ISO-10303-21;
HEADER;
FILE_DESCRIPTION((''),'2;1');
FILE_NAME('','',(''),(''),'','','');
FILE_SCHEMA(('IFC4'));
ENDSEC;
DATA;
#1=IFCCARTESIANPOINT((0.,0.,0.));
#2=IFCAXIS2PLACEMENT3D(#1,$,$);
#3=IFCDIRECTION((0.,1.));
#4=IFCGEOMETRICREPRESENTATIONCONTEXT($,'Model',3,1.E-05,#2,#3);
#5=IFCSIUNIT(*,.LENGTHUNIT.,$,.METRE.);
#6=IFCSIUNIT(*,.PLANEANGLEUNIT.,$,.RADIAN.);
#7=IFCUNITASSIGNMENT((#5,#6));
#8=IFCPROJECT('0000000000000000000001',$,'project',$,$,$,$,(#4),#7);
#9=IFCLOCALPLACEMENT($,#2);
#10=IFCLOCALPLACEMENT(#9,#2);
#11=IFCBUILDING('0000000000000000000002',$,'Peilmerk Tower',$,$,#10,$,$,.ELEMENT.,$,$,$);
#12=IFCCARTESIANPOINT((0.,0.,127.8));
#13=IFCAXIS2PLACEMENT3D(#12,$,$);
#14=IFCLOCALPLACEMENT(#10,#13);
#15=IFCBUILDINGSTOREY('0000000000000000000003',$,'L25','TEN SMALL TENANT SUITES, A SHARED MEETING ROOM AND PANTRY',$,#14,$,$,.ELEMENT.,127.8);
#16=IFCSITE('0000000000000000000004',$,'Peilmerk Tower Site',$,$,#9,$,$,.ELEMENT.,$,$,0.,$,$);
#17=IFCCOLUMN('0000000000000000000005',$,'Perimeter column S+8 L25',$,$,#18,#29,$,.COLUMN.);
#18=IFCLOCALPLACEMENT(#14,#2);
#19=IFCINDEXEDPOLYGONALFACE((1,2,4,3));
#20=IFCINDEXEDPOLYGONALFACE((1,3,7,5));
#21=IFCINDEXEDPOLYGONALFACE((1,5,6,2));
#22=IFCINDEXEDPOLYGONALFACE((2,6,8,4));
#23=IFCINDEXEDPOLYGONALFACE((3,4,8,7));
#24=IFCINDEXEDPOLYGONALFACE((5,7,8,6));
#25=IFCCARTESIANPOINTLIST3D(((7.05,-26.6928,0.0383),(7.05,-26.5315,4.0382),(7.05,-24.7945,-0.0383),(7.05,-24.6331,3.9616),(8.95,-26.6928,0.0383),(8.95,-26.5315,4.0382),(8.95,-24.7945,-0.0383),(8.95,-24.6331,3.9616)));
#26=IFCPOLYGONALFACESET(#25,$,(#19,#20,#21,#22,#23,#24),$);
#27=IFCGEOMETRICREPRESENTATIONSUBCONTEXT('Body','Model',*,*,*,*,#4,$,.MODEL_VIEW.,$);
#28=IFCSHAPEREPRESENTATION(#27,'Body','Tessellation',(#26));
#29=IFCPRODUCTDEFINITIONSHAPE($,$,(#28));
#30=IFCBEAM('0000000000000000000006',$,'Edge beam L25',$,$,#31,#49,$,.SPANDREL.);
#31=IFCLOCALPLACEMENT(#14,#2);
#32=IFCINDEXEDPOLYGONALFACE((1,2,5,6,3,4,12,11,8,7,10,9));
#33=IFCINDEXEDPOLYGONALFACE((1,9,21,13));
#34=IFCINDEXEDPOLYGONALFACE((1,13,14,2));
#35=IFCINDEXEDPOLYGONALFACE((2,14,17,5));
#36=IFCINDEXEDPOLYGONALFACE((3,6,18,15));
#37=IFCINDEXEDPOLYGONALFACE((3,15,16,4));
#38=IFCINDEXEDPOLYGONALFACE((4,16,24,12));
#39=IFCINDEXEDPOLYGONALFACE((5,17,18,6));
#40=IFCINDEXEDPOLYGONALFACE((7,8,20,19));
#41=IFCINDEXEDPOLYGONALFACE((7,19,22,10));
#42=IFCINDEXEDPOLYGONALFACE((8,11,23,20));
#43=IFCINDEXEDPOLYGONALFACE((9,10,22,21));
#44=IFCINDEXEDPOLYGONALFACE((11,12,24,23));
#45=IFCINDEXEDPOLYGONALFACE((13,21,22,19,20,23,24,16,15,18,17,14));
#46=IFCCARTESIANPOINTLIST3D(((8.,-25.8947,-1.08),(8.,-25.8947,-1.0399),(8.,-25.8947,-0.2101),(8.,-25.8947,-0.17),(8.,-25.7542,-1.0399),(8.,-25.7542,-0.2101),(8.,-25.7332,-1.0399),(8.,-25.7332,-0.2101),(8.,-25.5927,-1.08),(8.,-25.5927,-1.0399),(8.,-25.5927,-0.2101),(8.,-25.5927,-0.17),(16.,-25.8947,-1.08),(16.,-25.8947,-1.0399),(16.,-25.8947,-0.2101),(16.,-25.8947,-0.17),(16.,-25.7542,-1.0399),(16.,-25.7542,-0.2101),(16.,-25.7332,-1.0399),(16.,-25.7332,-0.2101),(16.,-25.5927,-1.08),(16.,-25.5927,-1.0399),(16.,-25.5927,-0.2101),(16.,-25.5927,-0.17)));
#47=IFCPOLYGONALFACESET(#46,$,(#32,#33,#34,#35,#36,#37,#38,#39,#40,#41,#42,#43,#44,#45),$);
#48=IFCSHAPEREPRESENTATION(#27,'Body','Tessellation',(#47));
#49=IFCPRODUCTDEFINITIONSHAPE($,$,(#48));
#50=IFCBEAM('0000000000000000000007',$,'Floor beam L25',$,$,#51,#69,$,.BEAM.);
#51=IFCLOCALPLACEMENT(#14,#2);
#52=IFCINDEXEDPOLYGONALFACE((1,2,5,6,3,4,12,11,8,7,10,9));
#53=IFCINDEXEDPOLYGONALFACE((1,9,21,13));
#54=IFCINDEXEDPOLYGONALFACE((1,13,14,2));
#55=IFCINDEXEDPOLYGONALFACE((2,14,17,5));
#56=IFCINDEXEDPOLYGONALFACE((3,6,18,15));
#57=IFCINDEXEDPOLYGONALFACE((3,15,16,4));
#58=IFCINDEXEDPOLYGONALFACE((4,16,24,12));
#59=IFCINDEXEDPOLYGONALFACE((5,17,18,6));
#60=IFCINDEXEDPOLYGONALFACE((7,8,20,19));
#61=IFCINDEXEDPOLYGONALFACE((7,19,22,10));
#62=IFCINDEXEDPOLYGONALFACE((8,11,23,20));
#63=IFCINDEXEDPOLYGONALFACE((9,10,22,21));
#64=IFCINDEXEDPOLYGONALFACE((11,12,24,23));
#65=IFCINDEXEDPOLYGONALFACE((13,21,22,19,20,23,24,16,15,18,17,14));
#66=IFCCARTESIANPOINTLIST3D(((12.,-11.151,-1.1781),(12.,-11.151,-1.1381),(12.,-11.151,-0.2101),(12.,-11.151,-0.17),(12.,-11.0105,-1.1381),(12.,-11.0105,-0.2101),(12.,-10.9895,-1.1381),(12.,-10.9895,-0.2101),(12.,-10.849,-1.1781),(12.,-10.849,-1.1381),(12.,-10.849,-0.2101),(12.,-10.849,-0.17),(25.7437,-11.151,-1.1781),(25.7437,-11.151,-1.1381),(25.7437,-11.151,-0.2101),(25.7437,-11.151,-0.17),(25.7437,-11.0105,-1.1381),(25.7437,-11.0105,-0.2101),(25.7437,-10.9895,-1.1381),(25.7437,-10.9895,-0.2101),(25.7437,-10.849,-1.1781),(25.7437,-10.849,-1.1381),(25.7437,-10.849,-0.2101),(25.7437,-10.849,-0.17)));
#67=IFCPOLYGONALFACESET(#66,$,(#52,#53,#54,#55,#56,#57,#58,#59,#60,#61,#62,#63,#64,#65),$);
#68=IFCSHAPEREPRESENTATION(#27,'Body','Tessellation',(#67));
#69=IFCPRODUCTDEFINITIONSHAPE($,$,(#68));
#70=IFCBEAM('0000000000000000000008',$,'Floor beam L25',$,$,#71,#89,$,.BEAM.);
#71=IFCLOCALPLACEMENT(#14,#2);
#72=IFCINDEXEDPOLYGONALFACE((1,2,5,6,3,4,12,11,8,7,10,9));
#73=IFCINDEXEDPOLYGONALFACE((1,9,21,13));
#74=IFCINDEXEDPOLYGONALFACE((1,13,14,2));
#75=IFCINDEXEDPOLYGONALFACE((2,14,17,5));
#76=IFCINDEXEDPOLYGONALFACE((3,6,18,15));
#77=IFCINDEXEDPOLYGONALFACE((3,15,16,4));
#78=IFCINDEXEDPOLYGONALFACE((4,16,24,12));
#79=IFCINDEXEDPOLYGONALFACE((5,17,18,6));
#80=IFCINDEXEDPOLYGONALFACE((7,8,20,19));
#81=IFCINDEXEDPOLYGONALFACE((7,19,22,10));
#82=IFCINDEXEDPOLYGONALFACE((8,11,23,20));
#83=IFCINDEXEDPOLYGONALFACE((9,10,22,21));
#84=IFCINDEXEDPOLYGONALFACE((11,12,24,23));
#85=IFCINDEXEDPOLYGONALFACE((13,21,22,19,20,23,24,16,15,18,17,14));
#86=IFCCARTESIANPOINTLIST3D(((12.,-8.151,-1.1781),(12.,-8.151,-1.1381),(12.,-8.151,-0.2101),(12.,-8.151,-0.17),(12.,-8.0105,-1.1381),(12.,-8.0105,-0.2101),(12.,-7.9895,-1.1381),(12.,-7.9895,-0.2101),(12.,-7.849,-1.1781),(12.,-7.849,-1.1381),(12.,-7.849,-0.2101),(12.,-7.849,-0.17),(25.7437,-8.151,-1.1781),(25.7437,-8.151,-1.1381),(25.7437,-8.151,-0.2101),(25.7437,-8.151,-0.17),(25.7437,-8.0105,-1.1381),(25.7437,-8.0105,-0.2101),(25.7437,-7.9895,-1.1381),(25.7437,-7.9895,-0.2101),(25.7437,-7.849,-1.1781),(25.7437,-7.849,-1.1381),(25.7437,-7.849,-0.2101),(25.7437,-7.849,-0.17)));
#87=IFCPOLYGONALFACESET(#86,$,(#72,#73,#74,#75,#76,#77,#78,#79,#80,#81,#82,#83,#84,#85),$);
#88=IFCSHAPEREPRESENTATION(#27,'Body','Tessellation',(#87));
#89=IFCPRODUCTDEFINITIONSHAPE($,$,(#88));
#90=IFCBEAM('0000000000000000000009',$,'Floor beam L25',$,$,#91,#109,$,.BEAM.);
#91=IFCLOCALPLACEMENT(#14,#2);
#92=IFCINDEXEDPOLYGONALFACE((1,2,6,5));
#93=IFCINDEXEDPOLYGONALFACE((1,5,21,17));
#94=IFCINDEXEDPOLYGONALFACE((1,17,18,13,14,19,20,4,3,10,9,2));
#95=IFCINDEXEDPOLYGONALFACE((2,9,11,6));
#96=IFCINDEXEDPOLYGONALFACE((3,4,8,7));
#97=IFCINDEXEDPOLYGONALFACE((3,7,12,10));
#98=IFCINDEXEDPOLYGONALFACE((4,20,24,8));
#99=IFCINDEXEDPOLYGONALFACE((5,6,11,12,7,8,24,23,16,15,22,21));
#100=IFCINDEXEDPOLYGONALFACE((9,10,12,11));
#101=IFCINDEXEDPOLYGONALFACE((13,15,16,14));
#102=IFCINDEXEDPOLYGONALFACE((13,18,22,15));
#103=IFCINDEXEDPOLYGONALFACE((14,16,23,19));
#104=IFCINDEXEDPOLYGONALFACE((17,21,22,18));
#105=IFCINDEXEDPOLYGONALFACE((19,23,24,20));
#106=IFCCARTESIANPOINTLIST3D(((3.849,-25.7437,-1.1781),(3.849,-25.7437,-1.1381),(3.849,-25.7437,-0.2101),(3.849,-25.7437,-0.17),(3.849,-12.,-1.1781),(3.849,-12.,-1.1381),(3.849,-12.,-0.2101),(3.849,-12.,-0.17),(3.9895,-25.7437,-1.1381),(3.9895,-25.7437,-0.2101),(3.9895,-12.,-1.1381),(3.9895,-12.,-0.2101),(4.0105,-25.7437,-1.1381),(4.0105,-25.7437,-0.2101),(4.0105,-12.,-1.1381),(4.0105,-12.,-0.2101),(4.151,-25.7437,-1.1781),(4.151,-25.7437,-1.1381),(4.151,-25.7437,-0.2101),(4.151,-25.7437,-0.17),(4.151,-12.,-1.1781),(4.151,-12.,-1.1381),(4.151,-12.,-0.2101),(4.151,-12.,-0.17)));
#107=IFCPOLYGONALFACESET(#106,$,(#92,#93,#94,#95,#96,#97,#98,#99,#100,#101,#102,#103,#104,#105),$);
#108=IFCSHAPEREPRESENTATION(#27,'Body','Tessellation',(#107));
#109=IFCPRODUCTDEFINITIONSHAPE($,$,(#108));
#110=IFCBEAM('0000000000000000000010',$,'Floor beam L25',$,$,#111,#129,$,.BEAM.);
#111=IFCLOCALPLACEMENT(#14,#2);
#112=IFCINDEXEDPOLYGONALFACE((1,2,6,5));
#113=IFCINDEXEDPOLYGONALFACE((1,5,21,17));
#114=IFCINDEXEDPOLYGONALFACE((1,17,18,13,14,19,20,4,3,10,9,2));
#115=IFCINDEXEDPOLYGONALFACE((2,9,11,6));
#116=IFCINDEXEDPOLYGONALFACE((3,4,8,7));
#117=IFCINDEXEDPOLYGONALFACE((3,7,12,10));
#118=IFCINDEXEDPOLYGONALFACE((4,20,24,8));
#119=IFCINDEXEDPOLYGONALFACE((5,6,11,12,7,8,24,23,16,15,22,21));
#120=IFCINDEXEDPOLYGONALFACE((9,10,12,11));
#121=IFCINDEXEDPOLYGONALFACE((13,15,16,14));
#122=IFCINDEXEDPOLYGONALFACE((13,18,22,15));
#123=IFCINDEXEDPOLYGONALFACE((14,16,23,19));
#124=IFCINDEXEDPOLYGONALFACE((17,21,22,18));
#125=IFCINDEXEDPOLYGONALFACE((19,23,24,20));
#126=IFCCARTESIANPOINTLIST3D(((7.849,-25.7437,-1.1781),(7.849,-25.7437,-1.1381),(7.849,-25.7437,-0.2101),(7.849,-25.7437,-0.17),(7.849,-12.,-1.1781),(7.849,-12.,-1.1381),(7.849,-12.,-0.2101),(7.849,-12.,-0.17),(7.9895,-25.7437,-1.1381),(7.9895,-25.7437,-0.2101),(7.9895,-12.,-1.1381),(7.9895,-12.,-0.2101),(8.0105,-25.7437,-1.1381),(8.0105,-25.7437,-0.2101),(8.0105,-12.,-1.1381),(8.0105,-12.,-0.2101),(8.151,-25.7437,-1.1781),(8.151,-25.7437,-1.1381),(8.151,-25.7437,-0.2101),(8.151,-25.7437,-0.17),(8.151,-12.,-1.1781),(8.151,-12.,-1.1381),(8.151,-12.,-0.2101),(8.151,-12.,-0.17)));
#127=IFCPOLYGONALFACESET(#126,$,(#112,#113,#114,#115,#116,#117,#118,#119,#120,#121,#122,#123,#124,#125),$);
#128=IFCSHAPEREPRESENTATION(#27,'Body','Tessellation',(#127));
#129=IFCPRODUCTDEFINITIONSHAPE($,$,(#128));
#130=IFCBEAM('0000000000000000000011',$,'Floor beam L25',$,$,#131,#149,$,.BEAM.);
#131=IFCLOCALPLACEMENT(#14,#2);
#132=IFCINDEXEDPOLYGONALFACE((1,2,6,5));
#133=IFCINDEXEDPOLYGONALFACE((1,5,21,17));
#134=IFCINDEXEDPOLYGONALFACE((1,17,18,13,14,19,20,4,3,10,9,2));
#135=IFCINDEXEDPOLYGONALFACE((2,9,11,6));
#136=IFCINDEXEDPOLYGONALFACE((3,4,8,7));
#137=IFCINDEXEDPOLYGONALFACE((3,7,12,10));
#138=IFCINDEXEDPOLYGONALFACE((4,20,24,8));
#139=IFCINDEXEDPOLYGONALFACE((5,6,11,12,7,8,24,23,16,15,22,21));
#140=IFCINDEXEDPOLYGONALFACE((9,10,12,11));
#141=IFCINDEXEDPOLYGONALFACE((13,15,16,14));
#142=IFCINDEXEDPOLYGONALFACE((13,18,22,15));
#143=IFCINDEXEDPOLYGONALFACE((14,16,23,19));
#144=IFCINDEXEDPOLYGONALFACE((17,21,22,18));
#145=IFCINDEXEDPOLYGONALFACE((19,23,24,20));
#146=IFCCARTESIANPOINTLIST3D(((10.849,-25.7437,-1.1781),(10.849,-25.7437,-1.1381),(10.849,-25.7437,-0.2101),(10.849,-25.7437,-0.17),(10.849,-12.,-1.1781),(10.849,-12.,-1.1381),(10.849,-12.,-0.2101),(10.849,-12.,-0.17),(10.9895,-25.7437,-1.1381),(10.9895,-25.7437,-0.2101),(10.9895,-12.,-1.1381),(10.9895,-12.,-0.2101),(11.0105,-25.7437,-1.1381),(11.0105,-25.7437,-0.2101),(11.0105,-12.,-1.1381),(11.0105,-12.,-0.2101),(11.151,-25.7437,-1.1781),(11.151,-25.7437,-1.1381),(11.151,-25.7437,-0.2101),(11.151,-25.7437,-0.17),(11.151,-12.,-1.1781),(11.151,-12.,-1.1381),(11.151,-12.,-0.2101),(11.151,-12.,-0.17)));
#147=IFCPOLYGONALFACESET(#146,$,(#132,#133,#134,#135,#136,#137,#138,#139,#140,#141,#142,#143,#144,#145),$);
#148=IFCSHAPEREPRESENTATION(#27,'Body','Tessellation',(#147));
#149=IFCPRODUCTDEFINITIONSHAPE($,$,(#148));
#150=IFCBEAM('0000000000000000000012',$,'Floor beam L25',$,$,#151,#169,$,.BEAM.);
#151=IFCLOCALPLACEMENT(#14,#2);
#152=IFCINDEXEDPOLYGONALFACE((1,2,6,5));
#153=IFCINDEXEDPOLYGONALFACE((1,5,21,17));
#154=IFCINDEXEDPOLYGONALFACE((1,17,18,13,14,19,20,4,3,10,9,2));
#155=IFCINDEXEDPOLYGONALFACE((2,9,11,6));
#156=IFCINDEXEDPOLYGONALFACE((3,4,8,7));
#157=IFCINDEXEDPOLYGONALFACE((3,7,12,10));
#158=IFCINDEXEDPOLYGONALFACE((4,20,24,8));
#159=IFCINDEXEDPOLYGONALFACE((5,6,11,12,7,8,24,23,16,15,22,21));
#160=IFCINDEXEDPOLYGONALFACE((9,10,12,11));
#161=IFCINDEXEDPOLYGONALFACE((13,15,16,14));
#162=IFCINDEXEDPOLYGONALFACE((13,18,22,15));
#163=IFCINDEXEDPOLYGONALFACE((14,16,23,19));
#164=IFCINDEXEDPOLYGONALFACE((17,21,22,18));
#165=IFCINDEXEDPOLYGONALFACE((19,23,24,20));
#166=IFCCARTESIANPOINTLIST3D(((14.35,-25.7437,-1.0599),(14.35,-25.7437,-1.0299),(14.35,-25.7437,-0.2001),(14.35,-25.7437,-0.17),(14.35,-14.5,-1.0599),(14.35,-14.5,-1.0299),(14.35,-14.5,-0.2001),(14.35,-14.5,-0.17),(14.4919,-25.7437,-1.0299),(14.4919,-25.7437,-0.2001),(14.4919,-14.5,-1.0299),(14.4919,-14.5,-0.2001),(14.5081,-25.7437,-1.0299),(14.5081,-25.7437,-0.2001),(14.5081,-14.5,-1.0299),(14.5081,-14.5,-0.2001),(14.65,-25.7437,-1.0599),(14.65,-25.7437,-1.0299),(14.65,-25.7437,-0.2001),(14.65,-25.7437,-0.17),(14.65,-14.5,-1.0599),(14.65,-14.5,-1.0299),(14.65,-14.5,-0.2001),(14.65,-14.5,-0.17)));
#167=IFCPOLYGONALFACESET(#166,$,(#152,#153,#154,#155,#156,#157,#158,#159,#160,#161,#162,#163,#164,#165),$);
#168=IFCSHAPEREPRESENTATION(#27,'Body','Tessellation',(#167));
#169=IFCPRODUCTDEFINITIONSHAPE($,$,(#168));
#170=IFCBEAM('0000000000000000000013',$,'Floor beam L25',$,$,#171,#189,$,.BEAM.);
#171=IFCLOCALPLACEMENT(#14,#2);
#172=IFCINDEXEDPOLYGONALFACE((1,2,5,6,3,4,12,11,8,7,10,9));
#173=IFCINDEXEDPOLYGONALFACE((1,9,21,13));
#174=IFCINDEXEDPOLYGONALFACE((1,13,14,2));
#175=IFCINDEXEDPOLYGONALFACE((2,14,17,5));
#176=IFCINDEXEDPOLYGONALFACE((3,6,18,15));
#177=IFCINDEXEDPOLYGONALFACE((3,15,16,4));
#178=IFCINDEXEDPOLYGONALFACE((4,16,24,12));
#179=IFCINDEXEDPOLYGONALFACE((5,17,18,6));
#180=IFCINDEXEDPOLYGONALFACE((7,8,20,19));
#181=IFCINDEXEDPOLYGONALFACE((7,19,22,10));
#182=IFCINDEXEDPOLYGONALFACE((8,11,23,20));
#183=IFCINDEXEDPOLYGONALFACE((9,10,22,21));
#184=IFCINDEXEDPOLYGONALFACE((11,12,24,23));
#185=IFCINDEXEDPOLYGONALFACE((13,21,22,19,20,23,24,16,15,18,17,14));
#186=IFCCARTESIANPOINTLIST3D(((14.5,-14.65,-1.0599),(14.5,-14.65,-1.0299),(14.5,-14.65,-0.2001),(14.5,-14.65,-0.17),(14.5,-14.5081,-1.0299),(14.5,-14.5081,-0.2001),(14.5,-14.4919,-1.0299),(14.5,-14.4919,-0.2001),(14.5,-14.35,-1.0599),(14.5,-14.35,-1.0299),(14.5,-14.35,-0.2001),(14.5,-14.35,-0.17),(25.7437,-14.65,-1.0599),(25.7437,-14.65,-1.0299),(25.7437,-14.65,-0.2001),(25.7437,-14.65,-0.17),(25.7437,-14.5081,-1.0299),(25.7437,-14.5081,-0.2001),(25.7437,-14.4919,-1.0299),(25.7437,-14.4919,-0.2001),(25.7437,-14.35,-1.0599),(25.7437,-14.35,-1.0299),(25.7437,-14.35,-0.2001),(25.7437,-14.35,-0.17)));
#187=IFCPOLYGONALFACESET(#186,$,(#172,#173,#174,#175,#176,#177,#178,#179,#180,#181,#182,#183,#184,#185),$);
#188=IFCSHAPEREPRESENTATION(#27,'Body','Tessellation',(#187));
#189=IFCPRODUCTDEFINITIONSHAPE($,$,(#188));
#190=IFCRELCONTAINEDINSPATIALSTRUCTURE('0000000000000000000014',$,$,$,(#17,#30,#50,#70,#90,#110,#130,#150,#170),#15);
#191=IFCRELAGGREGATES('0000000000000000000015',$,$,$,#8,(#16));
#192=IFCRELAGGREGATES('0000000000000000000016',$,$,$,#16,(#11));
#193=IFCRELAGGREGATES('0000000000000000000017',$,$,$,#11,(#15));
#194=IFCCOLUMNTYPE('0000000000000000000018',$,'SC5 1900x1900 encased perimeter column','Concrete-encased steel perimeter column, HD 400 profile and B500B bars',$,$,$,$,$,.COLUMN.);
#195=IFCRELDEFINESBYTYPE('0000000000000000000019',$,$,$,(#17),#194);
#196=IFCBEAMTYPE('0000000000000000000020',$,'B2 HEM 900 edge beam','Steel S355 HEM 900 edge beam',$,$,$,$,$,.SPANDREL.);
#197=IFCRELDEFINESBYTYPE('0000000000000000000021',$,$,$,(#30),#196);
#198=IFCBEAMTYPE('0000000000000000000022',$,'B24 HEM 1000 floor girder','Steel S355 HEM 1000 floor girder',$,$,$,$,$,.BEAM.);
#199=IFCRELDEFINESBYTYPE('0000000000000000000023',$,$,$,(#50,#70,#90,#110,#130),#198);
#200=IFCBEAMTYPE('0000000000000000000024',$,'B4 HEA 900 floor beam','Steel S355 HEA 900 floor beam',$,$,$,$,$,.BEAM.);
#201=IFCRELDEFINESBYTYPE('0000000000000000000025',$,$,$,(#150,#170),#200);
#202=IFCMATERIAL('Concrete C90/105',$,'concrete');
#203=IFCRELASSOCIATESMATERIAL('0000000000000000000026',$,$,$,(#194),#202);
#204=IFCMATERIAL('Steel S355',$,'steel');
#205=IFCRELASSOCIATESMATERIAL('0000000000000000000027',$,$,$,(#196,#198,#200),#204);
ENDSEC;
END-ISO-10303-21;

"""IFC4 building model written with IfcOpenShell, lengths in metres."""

from ifc_helpers import new_model, si_unit, direction, frame, origin, origin_2d, place, context, subcontext, project, spatial, rectangle, i_section, extrude, material, material_profile, profile_set, type_object, element, save


model = new_model("IFC4")

# Units and contexts
model_context = context("Model", 3, precision=1e-05, world=origin(), true_north=direction((0.0, 1.0)))
body_context = subcontext(model_context, "Body", "Model", "MODEL_VIEW")
ifc_project = project(units=[si_unit("LENGTHUNIT", "METRE"), si_unit("PLANEANGLEUNIT", "RADIAN")], contexts=[model_context])

# Site, building, storey
site_placement = place(None, origin())
site = spatial("IfcSite", under=ifc_project, at=site_placement, Name="Peilmerk Tower Site", CompositionType="ELEMENT", RefElevation=0.0)
building_placement = place(site_placement, origin())
building = spatial("IfcBuilding", under=site, at=building_placement, Name="Peilmerk Tower", CompositionType="ELEMENT")
storey_placement = place(building_placement, frame((0.0, 0.0, 127.8)))
storey = spatial("IfcBuildingStorey", under=building, at=storey_placement, Name="L25", Description="TEN SMALL TENANT SUITES, A SHARED MEETING ROOM AND PANTRY", CompositionType="ELEMENT", Elevation=127.8)

# Column
ifc_material_1 = material(Name="Concrete C90/105", Category="concrete")
ifc_material_profile_1 = material_profile(ifc_material_1, rectangle(XDim=1.8999, YDim=1.8999, at=origin_2d()), Name="RC 1900x1900")
ifc_profile_set_1 = profile_set([ifc_material_profile_1], Name="Concrete C90/105")
column_type = type_object("IfcColumnType", Name="SC5 1900x1900 encased perimeter column", Description="Concrete-encased steel perimeter column, HD 400 profile and B500B bars", PredefinedType="COLUMN", material=ifc_profile_set_1)
column_placement = place(storey_placement, frame((8.0, -25.7437, 0.0), z_axis=(0.0, 0.040311, 0.999187), x_axis=(-1.0, 0.0, 0.0)))
element("IfcColumn", 1, at=column_placement, inside=storey, type_object=column_type, Name="Perimeter column S+8 L25", PredefinedType="COLUMN", context=body_context, shape_type="SweptSolid", body=[
    extrude(rectangle(XDim=1.8999, YDim=1.8999, at=origin_2d()), origin(), (0.0, 0.0, 1.0), 4.0032),
])

# Beams
ifc_material_2 = material(Name="Steel S355", Category="steel")
ifc_material_profile_2 = material_profile(ifc_material_2, i_section(OverallWidth=0.302, OverallDepth=0.9099, WebThickness=0.021, FlangeThickness=0.04, at=origin_2d()), Name="HEM 900")
ifc_profile_set_2 = profile_set([ifc_material_profile_2], Name="Steel S355")
beam_type_1 = type_object("IfcBeamType", Name="B2 HEM 900 edge beam", Description="Steel S355 HEM 900 edge beam", PredefinedType="SPANDREL", material=ifc_profile_set_2)
beam_1_placement = place(storey_placement, frame((8.0, -25.7437, -0.625), z_axis=(1.0, 0.0, 0.0), x_axis=(0.0, 1.0, 0.0)))
element("IfcBeam", 2, at=beam_1_placement, inside=storey, type_object=beam_type_1, Name="Edge beam L25", PredefinedType="SPANDREL", context=body_context, shape_type="SweptSolid", body=[
    extrude(i_section(OverallWidth=0.302, OverallDepth=0.9099, WebThickness=0.021, FlangeThickness=0.04, at=origin_2d()), origin(), (0.0, 0.0, 1.0), 8.0),
])
ifc_material_profile_3 = material_profile(ifc_material_2, i_section(OverallWidth=0.302, OverallDepth=1.0081, WebThickness=0.021, FlangeThickness=0.04, at=origin_2d()), Name="HEM 1000")
ifc_profile_set_3 = profile_set([ifc_material_profile_3], Name="Steel S355")
beam_type_2 = type_object("IfcBeamType", Name="B24 HEM 1000 floor girder", Description="Steel S355 HEM 1000 floor girder", PredefinedType="BEAM", material=ifc_profile_set_3)
for number, where, z_axis, x_axis, name in (
    (3, (12.0, -11.0, -0.6741), (1.0, 0.0, 0.0), (0.0, 1.0, 0.0), "Floor beam L25"),
    (4, (12.0, -8.0, -0.6741), (1.0, 0.0, 0.0), (0.0, 1.0, 0.0), "Floor beam L25"),
    (5, (4.0, -12.0, -0.6741), (0.0, -1.0, 0.0), (1.0, 0.0, 0.0), "Floor beam L25"),
    (6, (8.0, -12.0, -0.6741), (0.0, -1.0, 0.0), (1.0, 0.0, 0.0), "Floor beam L25"),
    (7, (11.0, -12.0, -0.6741), (0.0, -1.0, 0.0), (1.0, 0.0, 0.0), "Floor beam L25"),
):
    element("IfcBeam", number, at=place(storey_placement, frame(where, z_axis=z_axis, x_axis=x_axis)), inside=storey, type_object=beam_type_2, Name=name, PredefinedType="BEAM", context=body_context, shape_type="SweptSolid", body=[
        extrude(i_section(OverallWidth=0.302, OverallDepth=1.0081, WebThickness=0.021, FlangeThickness=0.04, at=origin_2d()), origin(), (0.0, 0.0, 1.0), 13.7437),
    ])
ifc_material_profile_4 = material_profile(ifc_material_2, i_section(OverallWidth=0.3, OverallDepth=0.8899, WebThickness=0.0161, FlangeThickness=0.03, at=origin_2d()), Name="HEA 900")
ifc_profile_set_4 = profile_set([ifc_material_profile_4], Name="Steel S355")
beam_type_3 = type_object("IfcBeamType", Name="B4 HEA 900 floor beam", Description="Steel S355 HEA 900 floor beam", PredefinedType="BEAM", material=ifc_profile_set_4)
for number, where, z_axis, x_axis, name in (
    (8, (14.5, -14.5, -0.615), (0.0, -1.0, 0.0), (1.0, 0.0, 0.0), "Floor beam L25"),
    (9, (14.5, -14.5, -0.615), (1.0, 0.0, 0.0), (0.0, 1.0, 0.0), "Floor beam L25"),
):
    element("IfcBeam", number, at=place(storey_placement, frame(where, z_axis=z_axis, x_axis=x_axis)), inside=storey, type_object=beam_type_3, Name=name, PredefinedType="BEAM", context=body_context, shape_type="SweptSolid", body=[
        extrude(i_section(OverallWidth=0.3, OverallDepth=0.8899, WebThickness=0.0161, FlangeThickness=0.03, at=origin_2d()), origin(), (0.0, 0.0, 1.0), 11.2437),
    ])

save(model, "model.ifc")
